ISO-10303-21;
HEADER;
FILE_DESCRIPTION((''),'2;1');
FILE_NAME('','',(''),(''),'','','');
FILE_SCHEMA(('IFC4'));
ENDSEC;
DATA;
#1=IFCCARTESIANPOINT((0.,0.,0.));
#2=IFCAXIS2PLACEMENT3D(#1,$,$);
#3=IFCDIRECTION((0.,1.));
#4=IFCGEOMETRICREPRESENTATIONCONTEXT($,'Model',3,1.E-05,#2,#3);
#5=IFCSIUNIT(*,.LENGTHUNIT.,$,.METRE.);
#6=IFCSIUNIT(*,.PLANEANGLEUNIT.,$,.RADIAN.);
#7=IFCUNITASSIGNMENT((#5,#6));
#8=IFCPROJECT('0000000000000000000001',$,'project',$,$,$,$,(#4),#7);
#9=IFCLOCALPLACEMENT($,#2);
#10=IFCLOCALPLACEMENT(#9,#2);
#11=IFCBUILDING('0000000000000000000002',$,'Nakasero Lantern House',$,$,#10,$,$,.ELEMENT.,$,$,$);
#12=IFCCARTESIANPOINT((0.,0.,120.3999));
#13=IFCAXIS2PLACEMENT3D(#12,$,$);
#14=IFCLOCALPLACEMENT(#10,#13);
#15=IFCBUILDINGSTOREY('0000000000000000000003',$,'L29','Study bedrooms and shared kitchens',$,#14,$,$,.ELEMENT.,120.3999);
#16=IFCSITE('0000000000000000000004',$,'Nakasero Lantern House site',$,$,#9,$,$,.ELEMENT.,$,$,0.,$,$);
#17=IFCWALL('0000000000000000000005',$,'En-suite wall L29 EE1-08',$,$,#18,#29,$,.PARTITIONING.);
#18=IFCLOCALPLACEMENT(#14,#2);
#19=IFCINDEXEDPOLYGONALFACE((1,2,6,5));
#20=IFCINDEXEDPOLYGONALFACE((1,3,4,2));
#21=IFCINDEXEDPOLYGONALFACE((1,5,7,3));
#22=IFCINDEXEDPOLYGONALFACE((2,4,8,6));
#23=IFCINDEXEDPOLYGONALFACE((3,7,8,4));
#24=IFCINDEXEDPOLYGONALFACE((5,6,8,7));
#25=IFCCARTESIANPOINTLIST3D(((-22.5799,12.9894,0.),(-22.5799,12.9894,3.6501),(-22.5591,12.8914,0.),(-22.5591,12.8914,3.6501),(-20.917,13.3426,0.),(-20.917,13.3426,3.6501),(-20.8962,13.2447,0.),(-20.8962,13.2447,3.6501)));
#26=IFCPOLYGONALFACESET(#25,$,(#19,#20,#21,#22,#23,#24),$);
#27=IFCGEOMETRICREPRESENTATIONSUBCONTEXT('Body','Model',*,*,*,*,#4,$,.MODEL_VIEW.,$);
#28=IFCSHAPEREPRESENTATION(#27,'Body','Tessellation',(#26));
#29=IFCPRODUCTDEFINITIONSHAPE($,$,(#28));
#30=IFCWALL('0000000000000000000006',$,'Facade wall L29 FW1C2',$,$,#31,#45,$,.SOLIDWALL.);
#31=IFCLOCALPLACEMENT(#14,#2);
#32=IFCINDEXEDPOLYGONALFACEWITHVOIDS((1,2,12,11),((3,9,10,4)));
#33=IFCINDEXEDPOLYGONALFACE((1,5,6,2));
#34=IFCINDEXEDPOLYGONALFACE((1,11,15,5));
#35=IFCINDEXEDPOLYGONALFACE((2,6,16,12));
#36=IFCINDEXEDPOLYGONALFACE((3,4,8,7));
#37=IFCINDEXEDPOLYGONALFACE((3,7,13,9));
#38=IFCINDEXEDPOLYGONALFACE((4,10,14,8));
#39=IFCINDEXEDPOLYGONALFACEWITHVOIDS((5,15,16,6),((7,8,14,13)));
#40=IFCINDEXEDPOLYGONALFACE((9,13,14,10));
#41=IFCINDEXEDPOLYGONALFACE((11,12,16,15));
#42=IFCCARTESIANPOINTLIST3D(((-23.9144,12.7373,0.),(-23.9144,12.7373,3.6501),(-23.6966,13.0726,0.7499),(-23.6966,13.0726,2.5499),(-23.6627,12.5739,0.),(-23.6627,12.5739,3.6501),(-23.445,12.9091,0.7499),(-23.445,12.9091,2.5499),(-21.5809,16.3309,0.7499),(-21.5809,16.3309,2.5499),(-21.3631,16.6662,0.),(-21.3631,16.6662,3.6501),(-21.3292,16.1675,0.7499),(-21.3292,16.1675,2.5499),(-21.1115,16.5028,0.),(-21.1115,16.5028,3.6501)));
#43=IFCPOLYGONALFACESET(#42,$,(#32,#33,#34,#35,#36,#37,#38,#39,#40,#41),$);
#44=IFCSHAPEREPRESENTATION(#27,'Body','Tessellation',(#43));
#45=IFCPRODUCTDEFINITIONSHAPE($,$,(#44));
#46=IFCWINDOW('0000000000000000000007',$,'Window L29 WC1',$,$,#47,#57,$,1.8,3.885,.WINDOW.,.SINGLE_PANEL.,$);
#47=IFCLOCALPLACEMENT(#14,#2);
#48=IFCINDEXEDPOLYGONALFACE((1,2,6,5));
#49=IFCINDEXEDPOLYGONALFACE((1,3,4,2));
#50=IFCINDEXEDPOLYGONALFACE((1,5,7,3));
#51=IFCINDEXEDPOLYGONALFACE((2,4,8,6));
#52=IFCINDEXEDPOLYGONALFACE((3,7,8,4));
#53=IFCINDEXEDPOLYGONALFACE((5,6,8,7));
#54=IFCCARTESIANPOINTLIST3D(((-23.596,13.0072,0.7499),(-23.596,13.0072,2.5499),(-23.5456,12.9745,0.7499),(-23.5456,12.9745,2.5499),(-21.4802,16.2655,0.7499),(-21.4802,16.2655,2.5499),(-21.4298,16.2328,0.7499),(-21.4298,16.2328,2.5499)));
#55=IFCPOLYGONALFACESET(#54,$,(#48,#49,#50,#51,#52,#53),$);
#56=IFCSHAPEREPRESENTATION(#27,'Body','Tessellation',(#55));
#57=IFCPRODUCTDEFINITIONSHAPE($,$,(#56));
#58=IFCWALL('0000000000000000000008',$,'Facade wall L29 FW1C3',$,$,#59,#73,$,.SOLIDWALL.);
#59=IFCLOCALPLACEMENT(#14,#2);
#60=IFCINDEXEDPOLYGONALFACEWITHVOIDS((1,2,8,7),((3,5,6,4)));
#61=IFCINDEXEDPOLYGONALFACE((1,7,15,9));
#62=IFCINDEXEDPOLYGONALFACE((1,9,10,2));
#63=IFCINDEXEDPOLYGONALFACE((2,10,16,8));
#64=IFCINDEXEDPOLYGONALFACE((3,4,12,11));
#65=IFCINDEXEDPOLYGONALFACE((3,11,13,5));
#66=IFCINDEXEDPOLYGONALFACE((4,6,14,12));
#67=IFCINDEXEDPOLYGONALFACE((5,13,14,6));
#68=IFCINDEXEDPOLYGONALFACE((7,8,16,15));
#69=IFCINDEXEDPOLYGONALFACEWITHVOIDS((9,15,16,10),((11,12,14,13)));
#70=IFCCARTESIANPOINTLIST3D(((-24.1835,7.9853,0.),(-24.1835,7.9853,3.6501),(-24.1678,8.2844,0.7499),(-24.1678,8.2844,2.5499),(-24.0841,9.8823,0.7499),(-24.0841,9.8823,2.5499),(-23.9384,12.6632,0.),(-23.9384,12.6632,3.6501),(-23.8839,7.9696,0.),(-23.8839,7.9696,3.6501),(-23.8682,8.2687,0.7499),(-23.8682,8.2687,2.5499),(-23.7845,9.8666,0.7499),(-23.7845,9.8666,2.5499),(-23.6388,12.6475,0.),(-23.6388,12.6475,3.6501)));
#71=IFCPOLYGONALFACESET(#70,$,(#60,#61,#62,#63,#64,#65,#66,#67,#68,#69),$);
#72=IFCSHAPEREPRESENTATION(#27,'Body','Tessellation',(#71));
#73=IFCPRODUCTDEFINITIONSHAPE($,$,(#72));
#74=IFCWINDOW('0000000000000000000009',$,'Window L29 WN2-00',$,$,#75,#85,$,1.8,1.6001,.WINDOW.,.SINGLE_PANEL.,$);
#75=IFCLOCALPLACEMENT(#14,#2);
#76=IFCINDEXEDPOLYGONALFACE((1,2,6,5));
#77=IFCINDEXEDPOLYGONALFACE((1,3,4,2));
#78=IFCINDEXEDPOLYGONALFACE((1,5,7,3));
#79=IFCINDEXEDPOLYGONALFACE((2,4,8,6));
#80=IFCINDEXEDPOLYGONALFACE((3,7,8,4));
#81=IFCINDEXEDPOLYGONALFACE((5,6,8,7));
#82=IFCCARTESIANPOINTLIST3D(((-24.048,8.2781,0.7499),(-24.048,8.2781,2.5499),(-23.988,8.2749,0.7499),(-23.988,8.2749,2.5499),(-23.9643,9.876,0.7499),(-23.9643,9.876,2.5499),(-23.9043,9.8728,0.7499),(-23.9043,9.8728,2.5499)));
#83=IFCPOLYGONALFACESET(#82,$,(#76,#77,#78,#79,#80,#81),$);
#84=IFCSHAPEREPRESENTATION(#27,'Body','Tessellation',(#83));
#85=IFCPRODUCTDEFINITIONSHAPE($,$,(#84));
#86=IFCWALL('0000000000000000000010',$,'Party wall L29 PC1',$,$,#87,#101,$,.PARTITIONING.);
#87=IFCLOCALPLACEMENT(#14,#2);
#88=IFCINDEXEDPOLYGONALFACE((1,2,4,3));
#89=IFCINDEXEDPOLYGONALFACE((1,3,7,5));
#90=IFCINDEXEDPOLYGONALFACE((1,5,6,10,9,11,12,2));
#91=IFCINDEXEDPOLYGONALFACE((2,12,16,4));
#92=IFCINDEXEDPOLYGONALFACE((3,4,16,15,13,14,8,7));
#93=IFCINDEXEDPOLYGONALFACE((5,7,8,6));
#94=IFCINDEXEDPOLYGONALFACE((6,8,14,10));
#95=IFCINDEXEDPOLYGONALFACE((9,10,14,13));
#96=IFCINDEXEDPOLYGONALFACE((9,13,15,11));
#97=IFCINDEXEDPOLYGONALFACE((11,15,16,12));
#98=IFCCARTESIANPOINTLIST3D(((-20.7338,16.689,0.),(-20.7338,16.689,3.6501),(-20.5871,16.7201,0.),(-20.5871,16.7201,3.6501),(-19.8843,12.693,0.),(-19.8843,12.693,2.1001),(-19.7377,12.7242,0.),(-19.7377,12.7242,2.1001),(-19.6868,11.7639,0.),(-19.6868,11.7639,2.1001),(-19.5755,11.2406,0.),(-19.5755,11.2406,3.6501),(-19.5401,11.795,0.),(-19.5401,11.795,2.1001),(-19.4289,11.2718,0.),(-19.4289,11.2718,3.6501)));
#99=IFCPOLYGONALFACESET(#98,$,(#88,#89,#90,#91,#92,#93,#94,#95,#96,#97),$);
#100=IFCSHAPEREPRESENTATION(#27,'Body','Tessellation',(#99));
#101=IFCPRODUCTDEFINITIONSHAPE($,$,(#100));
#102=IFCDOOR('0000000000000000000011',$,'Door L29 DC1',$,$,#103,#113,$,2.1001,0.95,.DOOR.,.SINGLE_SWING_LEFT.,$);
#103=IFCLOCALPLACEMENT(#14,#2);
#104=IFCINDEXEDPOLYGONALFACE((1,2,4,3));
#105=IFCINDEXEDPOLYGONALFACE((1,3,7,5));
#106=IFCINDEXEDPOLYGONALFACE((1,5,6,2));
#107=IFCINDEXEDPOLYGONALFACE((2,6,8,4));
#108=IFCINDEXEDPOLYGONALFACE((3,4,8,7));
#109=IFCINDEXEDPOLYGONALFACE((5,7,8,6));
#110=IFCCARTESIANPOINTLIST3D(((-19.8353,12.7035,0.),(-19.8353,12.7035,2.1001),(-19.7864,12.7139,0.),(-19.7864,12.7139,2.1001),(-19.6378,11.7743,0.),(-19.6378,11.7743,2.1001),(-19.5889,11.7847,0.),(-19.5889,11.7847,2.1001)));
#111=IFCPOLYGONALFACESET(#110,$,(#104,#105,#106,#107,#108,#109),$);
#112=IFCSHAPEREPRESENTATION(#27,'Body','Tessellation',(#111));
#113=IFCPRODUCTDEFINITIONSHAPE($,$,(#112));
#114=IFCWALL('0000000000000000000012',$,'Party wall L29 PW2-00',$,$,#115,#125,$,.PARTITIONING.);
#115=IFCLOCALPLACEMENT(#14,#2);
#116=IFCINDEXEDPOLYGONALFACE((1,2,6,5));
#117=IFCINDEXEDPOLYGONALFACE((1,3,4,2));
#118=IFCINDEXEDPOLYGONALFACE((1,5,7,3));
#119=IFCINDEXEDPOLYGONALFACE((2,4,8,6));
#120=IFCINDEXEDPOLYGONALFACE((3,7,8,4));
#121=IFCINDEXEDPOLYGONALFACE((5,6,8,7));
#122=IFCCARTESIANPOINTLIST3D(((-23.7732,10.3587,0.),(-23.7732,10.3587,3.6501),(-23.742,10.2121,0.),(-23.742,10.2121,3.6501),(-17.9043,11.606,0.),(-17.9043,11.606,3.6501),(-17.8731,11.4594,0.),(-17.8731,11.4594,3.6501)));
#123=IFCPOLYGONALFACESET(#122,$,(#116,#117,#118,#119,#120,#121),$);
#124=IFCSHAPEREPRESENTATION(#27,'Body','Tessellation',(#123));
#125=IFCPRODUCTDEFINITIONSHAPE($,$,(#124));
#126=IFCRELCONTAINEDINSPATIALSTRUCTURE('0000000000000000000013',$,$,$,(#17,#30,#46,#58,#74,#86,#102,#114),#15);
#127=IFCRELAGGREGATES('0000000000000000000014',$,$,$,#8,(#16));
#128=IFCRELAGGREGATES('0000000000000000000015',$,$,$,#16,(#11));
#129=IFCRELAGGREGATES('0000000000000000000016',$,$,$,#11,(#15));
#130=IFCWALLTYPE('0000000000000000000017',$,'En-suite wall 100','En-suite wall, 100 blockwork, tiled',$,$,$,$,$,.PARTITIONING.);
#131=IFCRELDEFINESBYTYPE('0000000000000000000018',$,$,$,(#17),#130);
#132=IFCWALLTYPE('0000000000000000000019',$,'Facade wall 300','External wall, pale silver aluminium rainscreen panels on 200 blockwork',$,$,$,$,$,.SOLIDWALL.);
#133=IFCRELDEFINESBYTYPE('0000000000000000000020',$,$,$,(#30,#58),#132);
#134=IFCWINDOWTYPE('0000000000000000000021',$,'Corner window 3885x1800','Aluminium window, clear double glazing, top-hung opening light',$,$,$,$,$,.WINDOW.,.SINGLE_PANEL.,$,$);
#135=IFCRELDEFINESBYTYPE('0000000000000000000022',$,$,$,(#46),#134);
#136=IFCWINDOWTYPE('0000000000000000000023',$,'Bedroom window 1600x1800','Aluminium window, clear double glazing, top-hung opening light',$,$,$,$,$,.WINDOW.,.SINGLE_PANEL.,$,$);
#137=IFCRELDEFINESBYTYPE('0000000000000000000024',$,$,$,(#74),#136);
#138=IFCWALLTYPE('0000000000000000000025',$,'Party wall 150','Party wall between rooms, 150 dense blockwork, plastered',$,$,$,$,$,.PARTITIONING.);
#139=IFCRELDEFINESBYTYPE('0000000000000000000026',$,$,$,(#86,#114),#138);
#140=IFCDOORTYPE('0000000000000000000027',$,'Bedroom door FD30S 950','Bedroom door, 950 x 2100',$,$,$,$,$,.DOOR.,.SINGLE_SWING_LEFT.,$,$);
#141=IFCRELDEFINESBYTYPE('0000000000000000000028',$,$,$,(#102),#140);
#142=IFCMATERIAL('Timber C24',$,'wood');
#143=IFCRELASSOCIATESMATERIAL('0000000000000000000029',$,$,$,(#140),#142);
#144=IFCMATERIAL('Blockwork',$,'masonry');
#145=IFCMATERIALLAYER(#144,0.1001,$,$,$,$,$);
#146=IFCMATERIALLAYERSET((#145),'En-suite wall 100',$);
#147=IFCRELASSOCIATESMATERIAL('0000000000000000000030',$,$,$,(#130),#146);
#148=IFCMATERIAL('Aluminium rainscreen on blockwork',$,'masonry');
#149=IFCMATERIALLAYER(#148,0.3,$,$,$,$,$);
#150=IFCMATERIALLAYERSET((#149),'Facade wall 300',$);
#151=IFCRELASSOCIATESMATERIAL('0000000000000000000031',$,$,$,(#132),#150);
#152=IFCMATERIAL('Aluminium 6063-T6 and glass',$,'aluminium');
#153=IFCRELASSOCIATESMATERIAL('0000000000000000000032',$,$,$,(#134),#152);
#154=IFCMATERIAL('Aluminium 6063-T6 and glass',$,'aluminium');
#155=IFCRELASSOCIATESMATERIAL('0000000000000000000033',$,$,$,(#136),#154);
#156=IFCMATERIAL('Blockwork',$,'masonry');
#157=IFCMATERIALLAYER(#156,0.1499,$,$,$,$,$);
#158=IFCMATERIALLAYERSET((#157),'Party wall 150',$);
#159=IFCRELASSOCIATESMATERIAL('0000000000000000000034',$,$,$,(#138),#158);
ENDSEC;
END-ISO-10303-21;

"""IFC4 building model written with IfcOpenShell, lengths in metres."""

from ifc_helpers import new_model, si_unit, direction, frame, frame_2d, origin, place, context, subcontext, project, spatial, rectangle, extrude, material, layer, layer_set, type_object, element, fill, save


model = new_model("IFC4")

# Units and contexts
model_context = context("Model", 3, precision=1e-05, world=origin(), true_north=direction((0.0, 1.0)))
body_context = subcontext(model_context, "Body", "Model", "MODEL_VIEW")
ifc_project = project(units=[si_unit("LENGTHUNIT", "METRE"), si_unit("PLANEANGLEUNIT", "RADIAN")], contexts=[model_context])

# Site, building, storey
site_placement = place(None, origin())
site = spatial("IfcSite", under=ifc_project, at=site_placement, Name="Nakasero Lantern House site", CompositionType="ELEMENT", RefElevation=0.0)
building_placement = place(site_placement, origin())
building = spatial("IfcBuilding", under=site, at=building_placement, Name="Nakasero Lantern House", CompositionType="ELEMENT")
storey_placement = place(building_placement, frame((0.0, 0.0, 120.3999)))
storey = spatial("IfcBuildingStorey", under=building, at=storey_placement, Name="L29", Description="Study bedrooms and shared kitchens", CompositionType="ELEMENT", Elevation=120.3999)

# Shared definitions
ifc_material_1 = material(Name="Timber C24", Category="wood")
door_type_1 = type_object("IfcDoorType", Name="Bedroom door FD30S 950", Description="Bedroom door, 950 x 2100", OperationType="SINGLE_SWING_LEFT", PredefinedType="DOOR", material=ifc_material_1)

# Wall
ifc_material_2 = material(Name="Blockwork", Category="masonry")
ifc_layer_1 = layer(ifc_material_2, 0.1001)
ifc_layer_set_1 = layer_set([ifc_layer_1], Name="En-suite wall 100")
wall_type_1 = type_object("IfcWallType", Name="En-suite wall 100", Description="En-suite wall, 100 blockwork, tiled", PredefinedType="PARTITIONING", material=ifc_layer_set_1)
wall_1_placement = place(storey_placement, frame((-20.9065, 13.2937, 0.0), z_axis=(0.0, 0.0, 1.0), x_axis=(-0.978169, -0.207812, 0.0)))
element("IfcWall", 1, at=wall_1_placement, inside=storey, type_object=wall_type_1, Name="En-suite wall L29 EE1-08", PredefinedType="PARTITIONING", context=body_context, shape_type="SweptSolid", body=[
    extrude(rectangle(XDim=1.7, YDim=0.1001, at=frame_2d((0.8501, 0.0))), origin(), (0.0, 0.0, 1.0), 3.6501),
])

# Walls, openings, windows
ifc_material_3 = material(Name="Aluminium rainscreen on blockwork", Category="masonry")
ifc_layer_2 = layer(ifc_material_3, 0.3)
ifc_layer_set_2 = layer_set([ifc_layer_2], Name="Facade wall 300")
wall_type_2 = type_object("IfcWallType", Name="Facade wall 300", Description="External wall, pale silver aluminium rainscreen panels on 200 blockwork", PredefinedType="SOLIDWALL", material=ifc_layer_set_2)
wall_2_placement = place(storey_placement, frame((-21.2373, 16.5845, 0.0), z_axis=(0.0, 0.0, 1.0), x_axis=(-0.544605, -0.838692, 0.0)))
wall_2 = element("IfcWall", 2, at=wall_2_placement, inside=storey, type_object=wall_type_2, Name="Facade wall L29 FW1C2", PredefinedType="SOLIDWALL", context=body_context, shape_type="SweptSolid", body=[
    extrude(rectangle(XDim=4.6846, YDim=0.3, at=frame_2d((2.3423, 0.0))), origin(), (0.0, 0.0, 1.0), 3.6501),
])
opening_1_placement = place(wall_2_placement, frame((0.3999, 0.0, 0.75)))
opening_1 = element("IfcOpeningElement", 3, at=opening_1_placement, cuts=wall_2, PredefinedType="OPENING", context=body_context, shape_type="SweptSolid", body=[
    extrude(rectangle(XDim=3.885, YDim=1.8, at=frame_2d((1.9424, 0.8999))), frame((0.0, 0.1699, 0.0), z_axis=(0.0, -1.0, 0.0), x_axis=(1.0, 0.0, 0.0)), (0.0, 0.0, 1.0), 0.3401),
])
ifc_material_4 = material(Name="Aluminium 6063-T6 and glass", Category="aluminium")
window_type_1 = type_object("IfcWindowType", Name="Corner window 3885x1800", Description="Aluminium window, clear double glazing, top-hung opening light", PartitioningType="SINGLE_PANEL", PredefinedType="WINDOW", material=ifc_material_4)
window_1_placement = place(opening_1_placement, origin())
window_1 = element("IfcWindow", 4, at=window_1_placement, inside=storey, type_object=window_type_1, Name="Window L29 WC1", OverallHeight=1.8, OverallWidth=3.885, PartitioningType="SINGLE_PANEL", PredefinedType="WINDOW", context=body_context, shape_type="SweptSolid", body=[
    extrude(rectangle(XDim=3.885, YDim=1.8, at=frame_2d((1.9424, 0.8999))), frame((0.0, 0.03, 0.0), z_axis=(0.0, -1.0, 0.0), x_axis=(1.0, 0.0, 0.0)), (0.0, 0.0, 1.0), 0.0601),
])
fill(opening_1, window_1)
wall_3_placement = place(storey_placement, frame((-23.7886, 12.6555, 0.0), z_axis=(0.0, 0.0, 1.0), x_axis=(-0.052326, -0.99863, 0.0)))
wall_3 = element("IfcWall", 5, at=wall_3_placement, inside=storey, type_object=wall_type_2, Name="Facade wall L29 FW1C3", PredefinedType="SOLIDWALL", context=body_context, shape_type="SweptSolid", body=[
    extrude(rectangle(XDim=4.6843, YDim=0.3, at=frame_2d((2.3423, 0.0))), origin(), (0.0, 0.0, 1.0), 3.6501),
])
opening_2_placement = place(wall_3_placement, frame((2.7849, 0.0, 0.75)))
opening_2 = element("IfcOpeningElement", 6, at=opening_2_placement, cuts=wall_3, PredefinedType="OPENING", context=body_context, shape_type="SweptSolid", body=[
    extrude(rectangle(XDim=1.6001, YDim=1.8, at=frame_2d((0.8, 0.8999))), frame((0.0, 0.1699, 0.0), z_axis=(0.0, -1.0, 0.0), x_axis=(1.0, 0.0, 0.0)), (0.0, 0.0, 1.0), 0.3401),
])
ifc_material_5 = material(Name="Aluminium 6063-T6 and glass", Category="aluminium")
window_type_2 = type_object("IfcWindowType", Name="Bedroom window 1600x1800", Description="Aluminium window, clear double glazing, top-hung opening light", PartitioningType="SINGLE_PANEL", PredefinedType="WINDOW", material=ifc_material_5)
window_2_placement = place(opening_2_placement, origin())
window_2 = element("IfcWindow", 7, at=window_2_placement, inside=storey, type_object=window_type_2, Name="Window L29 WN2-00", OverallHeight=1.8, OverallWidth=1.6001, PartitioningType="SINGLE_PANEL", PredefinedType="WINDOW", context=body_context, shape_type="SweptSolid", body=[
    extrude(rectangle(XDim=1.6001, YDim=1.8, at=frame_2d((0.8, 0.8999))), frame((0.0, 0.03, 0.0), z_axis=(0.0, -1.0, 0.0), x_axis=(1.0, 0.0, 0.0)), (0.0, 0.0, 1.0), 0.0601),
])
fill(opening_2, window_2)

# Wall, opening, door
ifc_material_6 = material(Name="Blockwork", Category="masonry")
ifc_layer_3 = layer(ifc_material_6, 0.1499)
ifc_layer_set_3 = layer_set([ifc_layer_3], Name="Party wall 150")
wall_type_3 = type_object("IfcWallType", Name="Party wall 150", Description="Party wall between rooms, 150 dense blockwork, plastered", PredefinedType="PARTITIONING", material=ifc_layer_set_3)
wall_4_placement = place(storey_placement, frame((-19.5022, 11.2561, 0.0), z_axis=(0.0, 0.0, 1.0), x_axis=(-0.207936, 0.978142, 0.0)))
wall_4 = element("IfcWall", 8, at=wall_4_placement, inside=storey, type_object=wall_type_3, Name="Party wall L29 PC1", PredefinedType="PARTITIONING", context=body_context, shape_type="SweptSolid", body=[
    extrude(rectangle(XDim=5.5701, YDim=0.1499, at=frame_2d((2.7852, 0.0))), origin(), (0.0, 0.0, 1.0), 3.6501),
])
opening_3_placement = place(wall_4_placement, frame((0.5349, 0.0, 0.0)))
opening_3 = element("IfcOpeningElement", 9, at=opening_3_placement, cuts=wall_4, PredefinedType="OPENING", context=body_context, shape_type="SweptSolid", body=[
    extrude(rectangle(XDim=0.95, YDim=2.1001, at=frame_2d((0.4751, 1.05))), frame((0.0, 0.095, 0.0), z_axis=(0.0, -1.0, 0.0), x_axis=(1.0, 0.0, 0.0)), (0.0, 0.0, 1.0), 0.1899),
])
door_1_placement = place(opening_3_placement, origin())
door_1 = element("IfcDoor", 10, at=door_1_placement, inside=storey, type_object=door_type_1, Name="Door L29 DC1", OperationType="SINGLE_SWING_LEFT", OverallHeight=2.1001, OverallWidth=0.95, PredefinedType="DOOR", context=body_context, shape_type="SweptSolid", body=[
    extrude(rectangle(XDim=0.95, YDim=2.1001, at=frame_2d((0.4751, 1.05))), frame((0.0, 0.0249, 0.0), z_axis=(0.0, -1.0, 0.0), x_axis=(1.0, 0.0, 0.0)), (0.0, 0.0, 1.0), 0.05),
])
fill(opening_3, door_1)

# Wall
wall_5_placement = place(storey_placement, frame((-17.8887, 11.5327, 0.0), z_axis=(0.0, 0.0, 1.0), x_axis=(-0.978153, -0.207886, 0.0)))
element("IfcWall", 11, at=wall_5_placement, inside=storey, type_object=wall_type_3, Name="Party wall L29 PW2-00", PredefinedType="PARTITIONING", context=body_context, shape_type="SweptSolid", body=[
    extrude(rectangle(XDim=6.0, YDim=0.1499, at=frame_2d((3.0, 0.0))), origin(), (0.0, 0.0, 1.0), 3.6501),
])

save(model, "model.ifc")
